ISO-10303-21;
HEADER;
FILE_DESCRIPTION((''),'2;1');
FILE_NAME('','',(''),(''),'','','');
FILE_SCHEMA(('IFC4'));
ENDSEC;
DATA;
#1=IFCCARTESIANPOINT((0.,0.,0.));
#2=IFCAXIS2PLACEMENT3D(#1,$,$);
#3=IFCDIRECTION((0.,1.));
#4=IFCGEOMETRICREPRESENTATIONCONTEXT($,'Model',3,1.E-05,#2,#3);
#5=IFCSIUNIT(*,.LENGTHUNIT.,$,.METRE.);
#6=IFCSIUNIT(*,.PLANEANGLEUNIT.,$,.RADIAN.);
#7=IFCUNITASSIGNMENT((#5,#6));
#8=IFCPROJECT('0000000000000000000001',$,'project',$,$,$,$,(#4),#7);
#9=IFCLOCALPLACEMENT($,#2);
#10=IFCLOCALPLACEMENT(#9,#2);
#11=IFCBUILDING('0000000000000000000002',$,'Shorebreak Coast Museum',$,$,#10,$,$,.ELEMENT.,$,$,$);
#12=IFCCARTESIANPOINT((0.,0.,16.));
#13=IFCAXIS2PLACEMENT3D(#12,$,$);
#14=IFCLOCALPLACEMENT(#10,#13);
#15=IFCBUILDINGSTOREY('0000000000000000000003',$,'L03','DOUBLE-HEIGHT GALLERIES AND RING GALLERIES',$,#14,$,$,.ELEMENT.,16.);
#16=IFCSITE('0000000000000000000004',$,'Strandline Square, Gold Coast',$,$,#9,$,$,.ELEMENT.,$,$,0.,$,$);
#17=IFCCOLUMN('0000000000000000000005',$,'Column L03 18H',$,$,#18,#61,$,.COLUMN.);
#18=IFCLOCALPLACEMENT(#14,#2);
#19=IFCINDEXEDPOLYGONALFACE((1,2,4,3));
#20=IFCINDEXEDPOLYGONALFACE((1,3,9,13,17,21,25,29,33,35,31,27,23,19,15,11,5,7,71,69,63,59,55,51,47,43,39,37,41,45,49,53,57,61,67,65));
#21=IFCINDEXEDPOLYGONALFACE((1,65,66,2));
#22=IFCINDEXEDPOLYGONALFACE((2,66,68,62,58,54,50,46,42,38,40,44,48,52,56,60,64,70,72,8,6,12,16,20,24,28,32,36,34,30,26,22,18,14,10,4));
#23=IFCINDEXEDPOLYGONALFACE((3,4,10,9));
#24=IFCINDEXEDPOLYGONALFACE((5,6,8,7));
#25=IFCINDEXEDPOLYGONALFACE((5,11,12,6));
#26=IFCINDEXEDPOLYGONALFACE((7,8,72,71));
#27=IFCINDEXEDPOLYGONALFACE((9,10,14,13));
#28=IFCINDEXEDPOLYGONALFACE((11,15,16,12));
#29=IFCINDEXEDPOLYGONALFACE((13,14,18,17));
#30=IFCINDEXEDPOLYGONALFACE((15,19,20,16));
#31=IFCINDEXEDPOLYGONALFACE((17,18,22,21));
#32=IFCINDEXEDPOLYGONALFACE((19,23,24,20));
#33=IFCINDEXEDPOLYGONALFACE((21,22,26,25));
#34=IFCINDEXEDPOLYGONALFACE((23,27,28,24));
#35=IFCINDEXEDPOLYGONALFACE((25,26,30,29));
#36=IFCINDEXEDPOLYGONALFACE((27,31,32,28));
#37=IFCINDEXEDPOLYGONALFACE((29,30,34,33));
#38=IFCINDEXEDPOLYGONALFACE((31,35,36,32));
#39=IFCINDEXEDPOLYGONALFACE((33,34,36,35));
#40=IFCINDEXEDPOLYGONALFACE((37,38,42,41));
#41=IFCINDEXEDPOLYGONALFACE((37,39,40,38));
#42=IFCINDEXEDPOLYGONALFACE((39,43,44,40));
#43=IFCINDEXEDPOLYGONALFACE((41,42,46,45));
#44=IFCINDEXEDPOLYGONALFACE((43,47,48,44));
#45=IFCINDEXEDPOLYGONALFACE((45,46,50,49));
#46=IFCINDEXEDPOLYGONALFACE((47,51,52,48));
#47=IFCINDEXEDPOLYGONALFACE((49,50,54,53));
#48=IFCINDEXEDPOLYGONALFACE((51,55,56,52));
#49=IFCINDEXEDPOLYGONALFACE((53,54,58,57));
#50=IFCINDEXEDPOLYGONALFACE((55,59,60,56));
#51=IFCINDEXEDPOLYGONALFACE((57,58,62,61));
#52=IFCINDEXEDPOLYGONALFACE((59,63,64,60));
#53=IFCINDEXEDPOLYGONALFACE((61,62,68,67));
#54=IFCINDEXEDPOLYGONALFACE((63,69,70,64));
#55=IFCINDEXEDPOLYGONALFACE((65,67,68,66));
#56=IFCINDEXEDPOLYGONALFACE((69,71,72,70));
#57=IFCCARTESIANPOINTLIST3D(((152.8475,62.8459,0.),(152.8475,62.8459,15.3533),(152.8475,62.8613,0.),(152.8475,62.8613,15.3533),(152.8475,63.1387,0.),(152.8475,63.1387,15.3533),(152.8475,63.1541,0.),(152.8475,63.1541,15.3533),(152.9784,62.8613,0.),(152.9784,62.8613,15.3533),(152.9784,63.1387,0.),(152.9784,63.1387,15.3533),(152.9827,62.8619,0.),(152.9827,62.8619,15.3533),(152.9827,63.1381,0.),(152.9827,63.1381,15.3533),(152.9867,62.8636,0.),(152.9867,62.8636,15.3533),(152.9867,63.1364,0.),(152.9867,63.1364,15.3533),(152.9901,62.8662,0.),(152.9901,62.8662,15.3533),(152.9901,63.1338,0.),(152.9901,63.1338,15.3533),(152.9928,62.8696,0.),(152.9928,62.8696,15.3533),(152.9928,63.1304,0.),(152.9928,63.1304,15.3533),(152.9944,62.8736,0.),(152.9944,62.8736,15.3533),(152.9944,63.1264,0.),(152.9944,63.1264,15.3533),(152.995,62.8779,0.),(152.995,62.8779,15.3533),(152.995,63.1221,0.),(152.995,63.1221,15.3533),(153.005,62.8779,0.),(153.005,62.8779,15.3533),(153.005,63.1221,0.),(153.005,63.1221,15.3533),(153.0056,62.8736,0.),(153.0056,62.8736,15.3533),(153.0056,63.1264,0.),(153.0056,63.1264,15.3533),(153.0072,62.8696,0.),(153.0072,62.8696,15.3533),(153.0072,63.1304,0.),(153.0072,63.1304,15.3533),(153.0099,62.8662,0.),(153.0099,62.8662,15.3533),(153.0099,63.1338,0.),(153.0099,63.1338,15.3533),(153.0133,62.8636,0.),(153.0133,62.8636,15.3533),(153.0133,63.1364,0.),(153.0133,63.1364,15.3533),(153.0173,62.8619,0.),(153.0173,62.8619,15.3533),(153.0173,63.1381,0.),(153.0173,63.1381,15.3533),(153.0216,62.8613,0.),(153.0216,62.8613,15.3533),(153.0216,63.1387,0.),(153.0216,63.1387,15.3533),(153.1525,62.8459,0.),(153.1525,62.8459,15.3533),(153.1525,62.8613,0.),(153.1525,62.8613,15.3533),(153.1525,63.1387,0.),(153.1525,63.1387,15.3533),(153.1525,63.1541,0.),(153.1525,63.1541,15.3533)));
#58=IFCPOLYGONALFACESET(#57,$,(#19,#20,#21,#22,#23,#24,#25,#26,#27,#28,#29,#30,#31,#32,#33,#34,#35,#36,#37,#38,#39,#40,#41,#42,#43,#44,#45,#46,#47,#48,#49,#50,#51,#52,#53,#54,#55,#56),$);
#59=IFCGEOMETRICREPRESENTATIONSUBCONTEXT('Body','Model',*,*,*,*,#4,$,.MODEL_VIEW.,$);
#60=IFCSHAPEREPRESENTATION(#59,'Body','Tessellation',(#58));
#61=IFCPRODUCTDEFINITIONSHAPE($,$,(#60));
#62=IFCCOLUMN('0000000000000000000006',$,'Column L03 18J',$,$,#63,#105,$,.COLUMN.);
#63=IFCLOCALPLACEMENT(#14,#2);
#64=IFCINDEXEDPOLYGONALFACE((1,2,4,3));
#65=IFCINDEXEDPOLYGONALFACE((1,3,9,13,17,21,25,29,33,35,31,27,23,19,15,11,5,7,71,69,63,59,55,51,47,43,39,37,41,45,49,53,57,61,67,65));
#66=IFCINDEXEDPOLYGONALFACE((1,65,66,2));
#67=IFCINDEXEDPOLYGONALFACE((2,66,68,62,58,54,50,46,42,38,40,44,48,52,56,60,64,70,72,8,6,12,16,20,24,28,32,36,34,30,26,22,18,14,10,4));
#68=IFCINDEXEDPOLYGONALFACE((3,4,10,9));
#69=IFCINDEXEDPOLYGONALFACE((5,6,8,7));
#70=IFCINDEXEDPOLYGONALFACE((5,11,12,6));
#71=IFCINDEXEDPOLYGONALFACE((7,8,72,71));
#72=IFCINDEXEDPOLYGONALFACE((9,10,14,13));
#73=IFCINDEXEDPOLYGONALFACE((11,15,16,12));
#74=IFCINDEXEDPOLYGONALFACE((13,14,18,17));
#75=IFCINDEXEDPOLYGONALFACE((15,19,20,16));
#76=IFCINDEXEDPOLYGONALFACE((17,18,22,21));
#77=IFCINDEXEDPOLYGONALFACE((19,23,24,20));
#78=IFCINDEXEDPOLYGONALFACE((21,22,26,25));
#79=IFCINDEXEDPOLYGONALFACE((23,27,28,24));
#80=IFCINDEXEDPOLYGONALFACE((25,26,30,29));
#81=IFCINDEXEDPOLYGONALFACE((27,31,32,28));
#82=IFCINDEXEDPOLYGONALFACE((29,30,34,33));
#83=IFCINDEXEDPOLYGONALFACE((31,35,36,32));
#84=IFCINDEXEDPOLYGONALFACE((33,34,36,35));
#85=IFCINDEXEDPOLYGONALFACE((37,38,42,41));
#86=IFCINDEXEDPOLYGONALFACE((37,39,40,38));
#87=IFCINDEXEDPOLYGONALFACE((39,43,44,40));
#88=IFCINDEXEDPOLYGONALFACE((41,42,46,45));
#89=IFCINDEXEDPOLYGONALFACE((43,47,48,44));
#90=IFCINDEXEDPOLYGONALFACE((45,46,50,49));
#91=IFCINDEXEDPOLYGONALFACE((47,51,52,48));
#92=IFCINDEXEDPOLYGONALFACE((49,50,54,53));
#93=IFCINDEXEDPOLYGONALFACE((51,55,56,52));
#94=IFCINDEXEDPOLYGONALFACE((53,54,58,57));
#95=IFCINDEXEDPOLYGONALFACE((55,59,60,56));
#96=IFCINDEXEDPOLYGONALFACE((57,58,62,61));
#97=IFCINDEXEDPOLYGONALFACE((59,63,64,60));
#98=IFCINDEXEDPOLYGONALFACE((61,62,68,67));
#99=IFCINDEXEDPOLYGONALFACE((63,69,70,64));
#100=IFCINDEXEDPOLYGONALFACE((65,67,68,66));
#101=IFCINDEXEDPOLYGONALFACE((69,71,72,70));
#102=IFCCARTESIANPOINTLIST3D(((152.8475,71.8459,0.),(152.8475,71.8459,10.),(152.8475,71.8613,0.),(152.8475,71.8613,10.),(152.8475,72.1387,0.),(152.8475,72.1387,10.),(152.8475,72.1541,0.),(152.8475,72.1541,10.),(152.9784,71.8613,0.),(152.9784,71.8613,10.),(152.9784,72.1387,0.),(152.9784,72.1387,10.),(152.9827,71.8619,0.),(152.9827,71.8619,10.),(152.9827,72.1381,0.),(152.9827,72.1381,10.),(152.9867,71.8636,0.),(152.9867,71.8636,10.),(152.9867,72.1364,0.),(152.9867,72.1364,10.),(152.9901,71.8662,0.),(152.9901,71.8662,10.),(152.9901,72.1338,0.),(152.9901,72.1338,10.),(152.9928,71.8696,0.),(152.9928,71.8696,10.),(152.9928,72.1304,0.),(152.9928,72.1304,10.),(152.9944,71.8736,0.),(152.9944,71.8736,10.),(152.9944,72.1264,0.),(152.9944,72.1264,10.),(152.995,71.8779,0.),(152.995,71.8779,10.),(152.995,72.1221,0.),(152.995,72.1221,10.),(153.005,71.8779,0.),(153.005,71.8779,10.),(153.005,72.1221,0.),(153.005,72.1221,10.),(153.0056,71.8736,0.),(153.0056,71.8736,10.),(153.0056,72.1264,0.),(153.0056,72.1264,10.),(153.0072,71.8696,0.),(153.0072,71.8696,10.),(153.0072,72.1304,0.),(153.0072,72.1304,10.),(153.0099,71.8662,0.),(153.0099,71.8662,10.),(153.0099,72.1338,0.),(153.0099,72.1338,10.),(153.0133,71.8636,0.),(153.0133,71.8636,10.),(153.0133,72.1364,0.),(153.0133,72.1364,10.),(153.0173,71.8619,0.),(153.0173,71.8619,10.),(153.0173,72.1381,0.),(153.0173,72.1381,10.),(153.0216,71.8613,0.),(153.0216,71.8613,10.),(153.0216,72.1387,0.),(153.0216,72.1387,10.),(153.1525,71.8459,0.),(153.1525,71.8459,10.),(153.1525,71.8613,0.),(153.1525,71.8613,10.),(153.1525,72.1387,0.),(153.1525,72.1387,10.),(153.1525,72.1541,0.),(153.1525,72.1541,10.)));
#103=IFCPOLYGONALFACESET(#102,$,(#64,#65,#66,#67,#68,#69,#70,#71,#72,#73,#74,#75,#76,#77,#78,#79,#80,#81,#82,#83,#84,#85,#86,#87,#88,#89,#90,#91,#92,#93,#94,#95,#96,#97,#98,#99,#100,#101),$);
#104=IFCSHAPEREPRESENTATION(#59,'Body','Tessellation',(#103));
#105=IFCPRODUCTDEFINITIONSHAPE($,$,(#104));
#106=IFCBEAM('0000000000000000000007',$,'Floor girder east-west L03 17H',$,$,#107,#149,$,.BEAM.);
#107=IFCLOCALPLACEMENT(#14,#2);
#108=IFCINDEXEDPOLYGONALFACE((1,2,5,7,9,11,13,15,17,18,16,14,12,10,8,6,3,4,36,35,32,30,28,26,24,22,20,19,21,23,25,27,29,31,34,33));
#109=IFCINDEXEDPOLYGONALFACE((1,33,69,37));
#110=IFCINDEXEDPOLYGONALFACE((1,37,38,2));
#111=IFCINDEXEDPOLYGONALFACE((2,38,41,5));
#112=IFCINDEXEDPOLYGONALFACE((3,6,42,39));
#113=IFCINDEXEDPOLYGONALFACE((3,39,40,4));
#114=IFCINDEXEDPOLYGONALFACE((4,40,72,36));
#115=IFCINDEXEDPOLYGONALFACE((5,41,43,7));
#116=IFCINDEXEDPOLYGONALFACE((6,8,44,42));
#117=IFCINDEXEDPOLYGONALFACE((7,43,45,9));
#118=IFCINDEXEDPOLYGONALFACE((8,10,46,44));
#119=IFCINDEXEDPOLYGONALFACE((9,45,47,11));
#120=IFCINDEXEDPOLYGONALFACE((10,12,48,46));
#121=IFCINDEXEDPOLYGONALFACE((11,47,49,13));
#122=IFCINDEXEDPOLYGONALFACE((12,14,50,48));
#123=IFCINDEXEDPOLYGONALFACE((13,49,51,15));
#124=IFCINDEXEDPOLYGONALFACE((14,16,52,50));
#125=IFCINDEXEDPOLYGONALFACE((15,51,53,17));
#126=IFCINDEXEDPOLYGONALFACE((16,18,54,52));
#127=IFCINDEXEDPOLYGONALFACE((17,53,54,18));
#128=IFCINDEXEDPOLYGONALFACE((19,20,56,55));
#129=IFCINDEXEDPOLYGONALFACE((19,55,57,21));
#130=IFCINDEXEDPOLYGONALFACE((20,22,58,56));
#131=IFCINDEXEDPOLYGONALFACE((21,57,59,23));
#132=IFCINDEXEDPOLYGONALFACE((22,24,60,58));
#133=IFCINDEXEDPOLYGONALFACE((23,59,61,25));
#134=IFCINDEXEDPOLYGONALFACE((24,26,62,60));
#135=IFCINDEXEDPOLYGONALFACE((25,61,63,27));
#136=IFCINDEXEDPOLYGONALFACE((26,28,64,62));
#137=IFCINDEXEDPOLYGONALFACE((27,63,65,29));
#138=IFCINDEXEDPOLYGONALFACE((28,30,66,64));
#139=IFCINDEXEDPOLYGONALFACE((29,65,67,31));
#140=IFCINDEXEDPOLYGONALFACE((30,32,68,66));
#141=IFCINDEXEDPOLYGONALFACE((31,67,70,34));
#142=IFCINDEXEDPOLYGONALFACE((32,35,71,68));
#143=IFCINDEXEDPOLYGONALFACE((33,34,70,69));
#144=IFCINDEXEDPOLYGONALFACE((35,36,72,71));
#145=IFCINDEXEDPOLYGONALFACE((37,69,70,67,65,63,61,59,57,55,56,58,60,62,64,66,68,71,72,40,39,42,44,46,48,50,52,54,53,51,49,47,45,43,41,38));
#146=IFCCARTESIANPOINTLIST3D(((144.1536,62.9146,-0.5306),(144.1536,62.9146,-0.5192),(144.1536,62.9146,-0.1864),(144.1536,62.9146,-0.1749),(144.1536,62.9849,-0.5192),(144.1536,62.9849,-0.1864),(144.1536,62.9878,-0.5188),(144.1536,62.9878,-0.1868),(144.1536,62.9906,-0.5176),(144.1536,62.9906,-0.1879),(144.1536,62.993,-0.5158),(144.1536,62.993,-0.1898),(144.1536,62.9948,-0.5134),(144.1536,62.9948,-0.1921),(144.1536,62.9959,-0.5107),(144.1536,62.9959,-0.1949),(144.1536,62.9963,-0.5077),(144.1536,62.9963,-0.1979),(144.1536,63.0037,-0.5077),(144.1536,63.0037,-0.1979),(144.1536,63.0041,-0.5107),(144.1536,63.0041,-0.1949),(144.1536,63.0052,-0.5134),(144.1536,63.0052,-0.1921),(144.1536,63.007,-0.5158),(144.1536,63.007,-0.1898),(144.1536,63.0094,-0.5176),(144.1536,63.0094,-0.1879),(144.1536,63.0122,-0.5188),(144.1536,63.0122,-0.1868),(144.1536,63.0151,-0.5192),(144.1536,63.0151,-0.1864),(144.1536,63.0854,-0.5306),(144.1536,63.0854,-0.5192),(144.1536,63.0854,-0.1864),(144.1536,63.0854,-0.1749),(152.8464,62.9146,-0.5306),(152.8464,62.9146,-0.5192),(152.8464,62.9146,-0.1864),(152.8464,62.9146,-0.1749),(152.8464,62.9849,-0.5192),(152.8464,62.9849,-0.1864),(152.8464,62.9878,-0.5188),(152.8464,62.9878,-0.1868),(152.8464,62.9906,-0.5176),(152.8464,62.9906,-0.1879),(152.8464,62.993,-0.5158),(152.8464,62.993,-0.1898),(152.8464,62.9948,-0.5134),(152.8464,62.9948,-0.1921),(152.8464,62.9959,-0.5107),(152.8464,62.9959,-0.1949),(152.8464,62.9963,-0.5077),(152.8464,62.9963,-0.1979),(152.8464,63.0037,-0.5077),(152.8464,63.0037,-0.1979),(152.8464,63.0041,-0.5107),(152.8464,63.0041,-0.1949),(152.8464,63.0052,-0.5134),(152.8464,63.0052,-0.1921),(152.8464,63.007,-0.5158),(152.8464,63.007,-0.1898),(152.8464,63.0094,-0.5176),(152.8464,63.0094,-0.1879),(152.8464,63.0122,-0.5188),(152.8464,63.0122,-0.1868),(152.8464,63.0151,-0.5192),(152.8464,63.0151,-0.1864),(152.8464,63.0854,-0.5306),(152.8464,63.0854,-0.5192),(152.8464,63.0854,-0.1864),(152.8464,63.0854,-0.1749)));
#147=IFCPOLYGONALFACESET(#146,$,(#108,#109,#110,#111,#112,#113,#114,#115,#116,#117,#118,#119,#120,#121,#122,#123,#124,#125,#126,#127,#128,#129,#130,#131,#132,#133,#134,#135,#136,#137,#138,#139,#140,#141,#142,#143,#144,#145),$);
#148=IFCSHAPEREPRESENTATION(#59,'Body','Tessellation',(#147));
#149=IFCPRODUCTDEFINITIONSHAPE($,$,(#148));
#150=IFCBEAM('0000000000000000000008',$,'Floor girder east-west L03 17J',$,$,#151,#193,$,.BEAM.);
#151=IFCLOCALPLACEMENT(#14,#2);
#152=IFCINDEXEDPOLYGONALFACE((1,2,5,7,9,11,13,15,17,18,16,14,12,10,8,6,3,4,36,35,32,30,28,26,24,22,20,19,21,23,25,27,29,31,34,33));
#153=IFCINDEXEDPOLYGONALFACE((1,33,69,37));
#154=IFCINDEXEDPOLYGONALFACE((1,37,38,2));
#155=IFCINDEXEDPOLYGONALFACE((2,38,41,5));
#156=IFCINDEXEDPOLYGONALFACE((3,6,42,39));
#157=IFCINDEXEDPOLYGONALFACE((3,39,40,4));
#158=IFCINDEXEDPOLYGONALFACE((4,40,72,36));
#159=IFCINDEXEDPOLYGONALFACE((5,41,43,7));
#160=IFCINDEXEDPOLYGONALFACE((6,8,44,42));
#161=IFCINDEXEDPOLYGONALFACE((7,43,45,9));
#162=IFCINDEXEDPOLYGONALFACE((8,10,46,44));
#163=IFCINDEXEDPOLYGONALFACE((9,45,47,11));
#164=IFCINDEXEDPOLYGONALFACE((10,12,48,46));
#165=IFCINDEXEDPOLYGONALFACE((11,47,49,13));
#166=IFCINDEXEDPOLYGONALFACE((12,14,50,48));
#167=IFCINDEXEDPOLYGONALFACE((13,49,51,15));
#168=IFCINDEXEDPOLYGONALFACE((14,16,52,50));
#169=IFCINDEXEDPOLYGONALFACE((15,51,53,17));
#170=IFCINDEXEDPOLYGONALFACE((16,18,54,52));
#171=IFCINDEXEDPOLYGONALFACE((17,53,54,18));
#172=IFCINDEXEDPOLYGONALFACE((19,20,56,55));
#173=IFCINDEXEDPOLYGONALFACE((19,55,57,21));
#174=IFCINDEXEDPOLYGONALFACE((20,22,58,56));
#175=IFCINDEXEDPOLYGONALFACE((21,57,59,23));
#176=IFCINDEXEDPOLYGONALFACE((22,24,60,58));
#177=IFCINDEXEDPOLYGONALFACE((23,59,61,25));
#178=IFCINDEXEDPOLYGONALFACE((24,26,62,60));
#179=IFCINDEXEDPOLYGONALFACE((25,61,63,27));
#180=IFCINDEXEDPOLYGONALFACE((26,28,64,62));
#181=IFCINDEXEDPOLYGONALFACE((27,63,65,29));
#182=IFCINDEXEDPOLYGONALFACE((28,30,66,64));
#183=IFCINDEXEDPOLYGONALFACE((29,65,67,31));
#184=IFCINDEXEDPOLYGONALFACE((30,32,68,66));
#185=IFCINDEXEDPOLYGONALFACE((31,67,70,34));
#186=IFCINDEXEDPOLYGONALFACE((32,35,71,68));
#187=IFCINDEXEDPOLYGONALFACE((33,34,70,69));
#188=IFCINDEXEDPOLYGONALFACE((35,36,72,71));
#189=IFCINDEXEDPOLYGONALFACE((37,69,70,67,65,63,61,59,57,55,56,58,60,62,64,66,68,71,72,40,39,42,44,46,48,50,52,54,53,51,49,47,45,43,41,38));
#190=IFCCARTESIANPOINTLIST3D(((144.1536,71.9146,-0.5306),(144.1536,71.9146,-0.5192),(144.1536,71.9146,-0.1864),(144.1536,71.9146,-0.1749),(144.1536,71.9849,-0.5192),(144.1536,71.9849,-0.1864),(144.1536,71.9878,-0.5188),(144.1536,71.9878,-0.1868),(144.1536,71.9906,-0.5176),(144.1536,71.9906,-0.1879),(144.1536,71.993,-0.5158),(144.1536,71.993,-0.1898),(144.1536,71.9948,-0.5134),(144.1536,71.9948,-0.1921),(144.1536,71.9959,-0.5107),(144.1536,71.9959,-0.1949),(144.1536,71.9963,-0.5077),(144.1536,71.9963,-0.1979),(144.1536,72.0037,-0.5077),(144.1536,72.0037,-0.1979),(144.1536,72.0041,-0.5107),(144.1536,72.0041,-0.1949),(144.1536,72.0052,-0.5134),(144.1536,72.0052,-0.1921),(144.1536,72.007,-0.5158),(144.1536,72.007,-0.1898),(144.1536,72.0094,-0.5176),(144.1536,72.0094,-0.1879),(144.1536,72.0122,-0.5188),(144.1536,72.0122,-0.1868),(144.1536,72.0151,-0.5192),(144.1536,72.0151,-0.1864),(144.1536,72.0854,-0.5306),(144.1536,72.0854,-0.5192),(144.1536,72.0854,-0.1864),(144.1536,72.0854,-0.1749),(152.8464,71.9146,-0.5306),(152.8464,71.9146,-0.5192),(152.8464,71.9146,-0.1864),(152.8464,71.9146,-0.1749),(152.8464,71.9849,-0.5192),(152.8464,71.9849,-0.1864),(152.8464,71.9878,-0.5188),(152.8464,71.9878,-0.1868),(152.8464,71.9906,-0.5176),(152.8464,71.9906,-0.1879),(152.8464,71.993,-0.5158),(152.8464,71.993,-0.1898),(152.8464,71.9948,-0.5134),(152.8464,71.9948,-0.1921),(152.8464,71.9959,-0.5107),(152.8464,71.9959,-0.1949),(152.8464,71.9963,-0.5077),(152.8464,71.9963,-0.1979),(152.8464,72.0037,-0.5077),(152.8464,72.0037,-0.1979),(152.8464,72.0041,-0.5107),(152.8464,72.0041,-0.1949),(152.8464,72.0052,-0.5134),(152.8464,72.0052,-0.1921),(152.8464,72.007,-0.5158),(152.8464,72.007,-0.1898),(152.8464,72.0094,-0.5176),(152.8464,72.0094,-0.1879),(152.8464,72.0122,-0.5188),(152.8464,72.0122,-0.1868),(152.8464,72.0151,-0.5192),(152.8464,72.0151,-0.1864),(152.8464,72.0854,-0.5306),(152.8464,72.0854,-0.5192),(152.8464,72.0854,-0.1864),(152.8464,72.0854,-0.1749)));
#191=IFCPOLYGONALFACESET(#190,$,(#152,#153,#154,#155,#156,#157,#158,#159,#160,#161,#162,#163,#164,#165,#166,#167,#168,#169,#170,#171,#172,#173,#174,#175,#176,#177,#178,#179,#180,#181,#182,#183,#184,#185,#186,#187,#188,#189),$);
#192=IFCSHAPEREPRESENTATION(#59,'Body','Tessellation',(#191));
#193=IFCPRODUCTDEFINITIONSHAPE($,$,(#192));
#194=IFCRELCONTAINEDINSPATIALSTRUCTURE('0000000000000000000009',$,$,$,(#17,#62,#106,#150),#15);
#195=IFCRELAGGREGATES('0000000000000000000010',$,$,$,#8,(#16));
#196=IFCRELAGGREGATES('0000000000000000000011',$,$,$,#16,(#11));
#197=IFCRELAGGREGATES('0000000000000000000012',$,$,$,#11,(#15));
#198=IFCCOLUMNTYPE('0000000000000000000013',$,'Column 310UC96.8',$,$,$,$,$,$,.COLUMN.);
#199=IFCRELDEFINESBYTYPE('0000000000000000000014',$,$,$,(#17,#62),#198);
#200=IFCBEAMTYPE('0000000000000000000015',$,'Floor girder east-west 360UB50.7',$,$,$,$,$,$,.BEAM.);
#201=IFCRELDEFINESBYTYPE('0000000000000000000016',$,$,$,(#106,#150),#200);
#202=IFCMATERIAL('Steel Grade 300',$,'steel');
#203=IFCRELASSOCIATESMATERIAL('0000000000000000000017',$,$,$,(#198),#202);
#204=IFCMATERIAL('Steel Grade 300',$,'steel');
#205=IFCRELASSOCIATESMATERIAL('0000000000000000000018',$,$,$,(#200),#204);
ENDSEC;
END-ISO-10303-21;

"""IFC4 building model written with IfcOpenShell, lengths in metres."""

from ifc_helpers import new_model, si_unit, direction, frame, origin, origin_2d, place, context, subcontext, project, spatial, i_section, extrude, material, material_profile, profile_set, type_object, element, save


model = new_model("IFC4")

# Units and contexts
model_context = context("Model", 3, precision=1e-05, world=origin(), true_north=direction((0.0, 1.0)))
body_context = subcontext(model_context, "Body", "Model", "MODEL_VIEW")
ifc_project = project(units=[si_unit("LENGTHUNIT", "METRE"), si_unit("PLANEANGLEUNIT", "RADIAN")], contexts=[model_context])

# Site, building, storey
site_placement = place(None, origin())
site = spatial("IfcSite", under=ifc_project, at=site_placement, Name="Strandline Square, Gold Coast", CompositionType="ELEMENT", RefElevation=0.0)
building_placement = place(site_placement, origin())
building = spatial("IfcBuilding", under=site, at=building_placement, Name="Shorebreak Coast Museum", CompositionType="ELEMENT")
storey_placement = place(building_placement, frame((0.0, 0.0, 16.0)))
storey = spatial("IfcBuildingStorey", under=building, at=storey_placement, Name="L03", Description="DOUBLE-HEIGHT GALLERIES AND RING GALLERIES", CompositionType="ELEMENT", Elevation=16.0)

# Columns
ifc_material_1 = material(Name="Steel Grade 300", Category="steel")
ifc_material_profile_1 = material_profile(ifc_material_1, i_section(OverallWidth=0.3049, OverallDepth=0.3081, WebThickness=0.01, FlangeThickness=0.0154, FilletRadius=0.0166, at=origin_2d()), Name="310UC96.8")
ifc_profile_set_1 = profile_set([ifc_material_profile_1], Name="Steel Grade 300")
column_type = type_object("IfcColumnType", Name="Column 310UC96.8", PredefinedType="COLUMN", material=ifc_profile_set_1)
column_1_placement = place(storey_placement, frame((153.0, 63.0, 0.0), z_axis=(0.0, 0.0, 1.0), x_axis=(1.0, 0.0, 0.0)))
element("IfcColumn", 1, at=column_1_placement, inside=storey, type_object=column_type, Name="Column L03 18H", PredefinedType="COLUMN", context=body_context, shape_type="SweptSolid", body=[
    extrude(i_section(OverallWidth=0.3049, OverallDepth=0.3081, WebThickness=0.01, FlangeThickness=0.0154, FilletRadius=0.0166, at=origin_2d()), origin(), (0.0, 0.0, 1.0), 15.3533),
])
column_2_placement = place(storey_placement, frame((153.0, 72.0, 0.0), z_axis=(0.0, 0.0, 1.0), x_axis=(1.0, 0.0, 0.0)))
element("IfcColumn", 2, at=column_2_placement, inside=storey, type_object=column_type, Name="Column L03 18J", PredefinedType="COLUMN", context=body_context, shape_type="SweptSolid", body=[
    extrude(i_section(OverallWidth=0.3049, OverallDepth=0.3081, WebThickness=0.01, FlangeThickness=0.0154, FilletRadius=0.0166, at=origin_2d()), origin(), (0.0, 0.0, 1.0), 10.0),
])

# Beams
ifc_material_2 = material(Name="Steel Grade 300", Category="steel")
ifc_material_profile_2 = material_profile(ifc_material_2, i_section(OverallWidth=0.1709, OverallDepth=0.3557, WebThickness=0.0073, FlangeThickness=0.0115, FilletRadius=0.0115, at=origin_2d()), Name="360UB50.7")
ifc_profile_set_2 = profile_set([ifc_material_profile_2], Name="Steel Grade 300")
beam_type_1 = type_object("IfcBeamType", Name="Floor girder east-west 360UB50.7", PredefinedType="BEAM", material=ifc_profile_set_2)
for number, where, z_axis, x_axis, name in (
    (3, (144.1536, 63.0, -0.3528), (1.0, 0.0, 0.0), (0.0, 1.0, 0.0), "Floor girder east-west L03 17H"),
    (4, (144.1536, 72.0, -0.3528), (1.0, 0.0, 0.0), (0.0, 1.0, 0.0), "Floor girder east-west L03 17J"),
):
    element("IfcBeam", number, at=place(storey_placement, frame(where, z_axis=z_axis, x_axis=x_axis)), inside=storey, type_object=beam_type_1, Name=name, PredefinedType="BEAM", context=body_context, shape_type="SweptSolid", body=[
        extrude(i_section(OverallWidth=0.1709, OverallDepth=0.3557, WebThickness=0.0073, FlangeThickness=0.0115, FilletRadius=0.0115, at=origin_2d()), origin(), (0.0, 0.0, 1.0), 8.6929),
    ])

save(model, "model.ifc")
